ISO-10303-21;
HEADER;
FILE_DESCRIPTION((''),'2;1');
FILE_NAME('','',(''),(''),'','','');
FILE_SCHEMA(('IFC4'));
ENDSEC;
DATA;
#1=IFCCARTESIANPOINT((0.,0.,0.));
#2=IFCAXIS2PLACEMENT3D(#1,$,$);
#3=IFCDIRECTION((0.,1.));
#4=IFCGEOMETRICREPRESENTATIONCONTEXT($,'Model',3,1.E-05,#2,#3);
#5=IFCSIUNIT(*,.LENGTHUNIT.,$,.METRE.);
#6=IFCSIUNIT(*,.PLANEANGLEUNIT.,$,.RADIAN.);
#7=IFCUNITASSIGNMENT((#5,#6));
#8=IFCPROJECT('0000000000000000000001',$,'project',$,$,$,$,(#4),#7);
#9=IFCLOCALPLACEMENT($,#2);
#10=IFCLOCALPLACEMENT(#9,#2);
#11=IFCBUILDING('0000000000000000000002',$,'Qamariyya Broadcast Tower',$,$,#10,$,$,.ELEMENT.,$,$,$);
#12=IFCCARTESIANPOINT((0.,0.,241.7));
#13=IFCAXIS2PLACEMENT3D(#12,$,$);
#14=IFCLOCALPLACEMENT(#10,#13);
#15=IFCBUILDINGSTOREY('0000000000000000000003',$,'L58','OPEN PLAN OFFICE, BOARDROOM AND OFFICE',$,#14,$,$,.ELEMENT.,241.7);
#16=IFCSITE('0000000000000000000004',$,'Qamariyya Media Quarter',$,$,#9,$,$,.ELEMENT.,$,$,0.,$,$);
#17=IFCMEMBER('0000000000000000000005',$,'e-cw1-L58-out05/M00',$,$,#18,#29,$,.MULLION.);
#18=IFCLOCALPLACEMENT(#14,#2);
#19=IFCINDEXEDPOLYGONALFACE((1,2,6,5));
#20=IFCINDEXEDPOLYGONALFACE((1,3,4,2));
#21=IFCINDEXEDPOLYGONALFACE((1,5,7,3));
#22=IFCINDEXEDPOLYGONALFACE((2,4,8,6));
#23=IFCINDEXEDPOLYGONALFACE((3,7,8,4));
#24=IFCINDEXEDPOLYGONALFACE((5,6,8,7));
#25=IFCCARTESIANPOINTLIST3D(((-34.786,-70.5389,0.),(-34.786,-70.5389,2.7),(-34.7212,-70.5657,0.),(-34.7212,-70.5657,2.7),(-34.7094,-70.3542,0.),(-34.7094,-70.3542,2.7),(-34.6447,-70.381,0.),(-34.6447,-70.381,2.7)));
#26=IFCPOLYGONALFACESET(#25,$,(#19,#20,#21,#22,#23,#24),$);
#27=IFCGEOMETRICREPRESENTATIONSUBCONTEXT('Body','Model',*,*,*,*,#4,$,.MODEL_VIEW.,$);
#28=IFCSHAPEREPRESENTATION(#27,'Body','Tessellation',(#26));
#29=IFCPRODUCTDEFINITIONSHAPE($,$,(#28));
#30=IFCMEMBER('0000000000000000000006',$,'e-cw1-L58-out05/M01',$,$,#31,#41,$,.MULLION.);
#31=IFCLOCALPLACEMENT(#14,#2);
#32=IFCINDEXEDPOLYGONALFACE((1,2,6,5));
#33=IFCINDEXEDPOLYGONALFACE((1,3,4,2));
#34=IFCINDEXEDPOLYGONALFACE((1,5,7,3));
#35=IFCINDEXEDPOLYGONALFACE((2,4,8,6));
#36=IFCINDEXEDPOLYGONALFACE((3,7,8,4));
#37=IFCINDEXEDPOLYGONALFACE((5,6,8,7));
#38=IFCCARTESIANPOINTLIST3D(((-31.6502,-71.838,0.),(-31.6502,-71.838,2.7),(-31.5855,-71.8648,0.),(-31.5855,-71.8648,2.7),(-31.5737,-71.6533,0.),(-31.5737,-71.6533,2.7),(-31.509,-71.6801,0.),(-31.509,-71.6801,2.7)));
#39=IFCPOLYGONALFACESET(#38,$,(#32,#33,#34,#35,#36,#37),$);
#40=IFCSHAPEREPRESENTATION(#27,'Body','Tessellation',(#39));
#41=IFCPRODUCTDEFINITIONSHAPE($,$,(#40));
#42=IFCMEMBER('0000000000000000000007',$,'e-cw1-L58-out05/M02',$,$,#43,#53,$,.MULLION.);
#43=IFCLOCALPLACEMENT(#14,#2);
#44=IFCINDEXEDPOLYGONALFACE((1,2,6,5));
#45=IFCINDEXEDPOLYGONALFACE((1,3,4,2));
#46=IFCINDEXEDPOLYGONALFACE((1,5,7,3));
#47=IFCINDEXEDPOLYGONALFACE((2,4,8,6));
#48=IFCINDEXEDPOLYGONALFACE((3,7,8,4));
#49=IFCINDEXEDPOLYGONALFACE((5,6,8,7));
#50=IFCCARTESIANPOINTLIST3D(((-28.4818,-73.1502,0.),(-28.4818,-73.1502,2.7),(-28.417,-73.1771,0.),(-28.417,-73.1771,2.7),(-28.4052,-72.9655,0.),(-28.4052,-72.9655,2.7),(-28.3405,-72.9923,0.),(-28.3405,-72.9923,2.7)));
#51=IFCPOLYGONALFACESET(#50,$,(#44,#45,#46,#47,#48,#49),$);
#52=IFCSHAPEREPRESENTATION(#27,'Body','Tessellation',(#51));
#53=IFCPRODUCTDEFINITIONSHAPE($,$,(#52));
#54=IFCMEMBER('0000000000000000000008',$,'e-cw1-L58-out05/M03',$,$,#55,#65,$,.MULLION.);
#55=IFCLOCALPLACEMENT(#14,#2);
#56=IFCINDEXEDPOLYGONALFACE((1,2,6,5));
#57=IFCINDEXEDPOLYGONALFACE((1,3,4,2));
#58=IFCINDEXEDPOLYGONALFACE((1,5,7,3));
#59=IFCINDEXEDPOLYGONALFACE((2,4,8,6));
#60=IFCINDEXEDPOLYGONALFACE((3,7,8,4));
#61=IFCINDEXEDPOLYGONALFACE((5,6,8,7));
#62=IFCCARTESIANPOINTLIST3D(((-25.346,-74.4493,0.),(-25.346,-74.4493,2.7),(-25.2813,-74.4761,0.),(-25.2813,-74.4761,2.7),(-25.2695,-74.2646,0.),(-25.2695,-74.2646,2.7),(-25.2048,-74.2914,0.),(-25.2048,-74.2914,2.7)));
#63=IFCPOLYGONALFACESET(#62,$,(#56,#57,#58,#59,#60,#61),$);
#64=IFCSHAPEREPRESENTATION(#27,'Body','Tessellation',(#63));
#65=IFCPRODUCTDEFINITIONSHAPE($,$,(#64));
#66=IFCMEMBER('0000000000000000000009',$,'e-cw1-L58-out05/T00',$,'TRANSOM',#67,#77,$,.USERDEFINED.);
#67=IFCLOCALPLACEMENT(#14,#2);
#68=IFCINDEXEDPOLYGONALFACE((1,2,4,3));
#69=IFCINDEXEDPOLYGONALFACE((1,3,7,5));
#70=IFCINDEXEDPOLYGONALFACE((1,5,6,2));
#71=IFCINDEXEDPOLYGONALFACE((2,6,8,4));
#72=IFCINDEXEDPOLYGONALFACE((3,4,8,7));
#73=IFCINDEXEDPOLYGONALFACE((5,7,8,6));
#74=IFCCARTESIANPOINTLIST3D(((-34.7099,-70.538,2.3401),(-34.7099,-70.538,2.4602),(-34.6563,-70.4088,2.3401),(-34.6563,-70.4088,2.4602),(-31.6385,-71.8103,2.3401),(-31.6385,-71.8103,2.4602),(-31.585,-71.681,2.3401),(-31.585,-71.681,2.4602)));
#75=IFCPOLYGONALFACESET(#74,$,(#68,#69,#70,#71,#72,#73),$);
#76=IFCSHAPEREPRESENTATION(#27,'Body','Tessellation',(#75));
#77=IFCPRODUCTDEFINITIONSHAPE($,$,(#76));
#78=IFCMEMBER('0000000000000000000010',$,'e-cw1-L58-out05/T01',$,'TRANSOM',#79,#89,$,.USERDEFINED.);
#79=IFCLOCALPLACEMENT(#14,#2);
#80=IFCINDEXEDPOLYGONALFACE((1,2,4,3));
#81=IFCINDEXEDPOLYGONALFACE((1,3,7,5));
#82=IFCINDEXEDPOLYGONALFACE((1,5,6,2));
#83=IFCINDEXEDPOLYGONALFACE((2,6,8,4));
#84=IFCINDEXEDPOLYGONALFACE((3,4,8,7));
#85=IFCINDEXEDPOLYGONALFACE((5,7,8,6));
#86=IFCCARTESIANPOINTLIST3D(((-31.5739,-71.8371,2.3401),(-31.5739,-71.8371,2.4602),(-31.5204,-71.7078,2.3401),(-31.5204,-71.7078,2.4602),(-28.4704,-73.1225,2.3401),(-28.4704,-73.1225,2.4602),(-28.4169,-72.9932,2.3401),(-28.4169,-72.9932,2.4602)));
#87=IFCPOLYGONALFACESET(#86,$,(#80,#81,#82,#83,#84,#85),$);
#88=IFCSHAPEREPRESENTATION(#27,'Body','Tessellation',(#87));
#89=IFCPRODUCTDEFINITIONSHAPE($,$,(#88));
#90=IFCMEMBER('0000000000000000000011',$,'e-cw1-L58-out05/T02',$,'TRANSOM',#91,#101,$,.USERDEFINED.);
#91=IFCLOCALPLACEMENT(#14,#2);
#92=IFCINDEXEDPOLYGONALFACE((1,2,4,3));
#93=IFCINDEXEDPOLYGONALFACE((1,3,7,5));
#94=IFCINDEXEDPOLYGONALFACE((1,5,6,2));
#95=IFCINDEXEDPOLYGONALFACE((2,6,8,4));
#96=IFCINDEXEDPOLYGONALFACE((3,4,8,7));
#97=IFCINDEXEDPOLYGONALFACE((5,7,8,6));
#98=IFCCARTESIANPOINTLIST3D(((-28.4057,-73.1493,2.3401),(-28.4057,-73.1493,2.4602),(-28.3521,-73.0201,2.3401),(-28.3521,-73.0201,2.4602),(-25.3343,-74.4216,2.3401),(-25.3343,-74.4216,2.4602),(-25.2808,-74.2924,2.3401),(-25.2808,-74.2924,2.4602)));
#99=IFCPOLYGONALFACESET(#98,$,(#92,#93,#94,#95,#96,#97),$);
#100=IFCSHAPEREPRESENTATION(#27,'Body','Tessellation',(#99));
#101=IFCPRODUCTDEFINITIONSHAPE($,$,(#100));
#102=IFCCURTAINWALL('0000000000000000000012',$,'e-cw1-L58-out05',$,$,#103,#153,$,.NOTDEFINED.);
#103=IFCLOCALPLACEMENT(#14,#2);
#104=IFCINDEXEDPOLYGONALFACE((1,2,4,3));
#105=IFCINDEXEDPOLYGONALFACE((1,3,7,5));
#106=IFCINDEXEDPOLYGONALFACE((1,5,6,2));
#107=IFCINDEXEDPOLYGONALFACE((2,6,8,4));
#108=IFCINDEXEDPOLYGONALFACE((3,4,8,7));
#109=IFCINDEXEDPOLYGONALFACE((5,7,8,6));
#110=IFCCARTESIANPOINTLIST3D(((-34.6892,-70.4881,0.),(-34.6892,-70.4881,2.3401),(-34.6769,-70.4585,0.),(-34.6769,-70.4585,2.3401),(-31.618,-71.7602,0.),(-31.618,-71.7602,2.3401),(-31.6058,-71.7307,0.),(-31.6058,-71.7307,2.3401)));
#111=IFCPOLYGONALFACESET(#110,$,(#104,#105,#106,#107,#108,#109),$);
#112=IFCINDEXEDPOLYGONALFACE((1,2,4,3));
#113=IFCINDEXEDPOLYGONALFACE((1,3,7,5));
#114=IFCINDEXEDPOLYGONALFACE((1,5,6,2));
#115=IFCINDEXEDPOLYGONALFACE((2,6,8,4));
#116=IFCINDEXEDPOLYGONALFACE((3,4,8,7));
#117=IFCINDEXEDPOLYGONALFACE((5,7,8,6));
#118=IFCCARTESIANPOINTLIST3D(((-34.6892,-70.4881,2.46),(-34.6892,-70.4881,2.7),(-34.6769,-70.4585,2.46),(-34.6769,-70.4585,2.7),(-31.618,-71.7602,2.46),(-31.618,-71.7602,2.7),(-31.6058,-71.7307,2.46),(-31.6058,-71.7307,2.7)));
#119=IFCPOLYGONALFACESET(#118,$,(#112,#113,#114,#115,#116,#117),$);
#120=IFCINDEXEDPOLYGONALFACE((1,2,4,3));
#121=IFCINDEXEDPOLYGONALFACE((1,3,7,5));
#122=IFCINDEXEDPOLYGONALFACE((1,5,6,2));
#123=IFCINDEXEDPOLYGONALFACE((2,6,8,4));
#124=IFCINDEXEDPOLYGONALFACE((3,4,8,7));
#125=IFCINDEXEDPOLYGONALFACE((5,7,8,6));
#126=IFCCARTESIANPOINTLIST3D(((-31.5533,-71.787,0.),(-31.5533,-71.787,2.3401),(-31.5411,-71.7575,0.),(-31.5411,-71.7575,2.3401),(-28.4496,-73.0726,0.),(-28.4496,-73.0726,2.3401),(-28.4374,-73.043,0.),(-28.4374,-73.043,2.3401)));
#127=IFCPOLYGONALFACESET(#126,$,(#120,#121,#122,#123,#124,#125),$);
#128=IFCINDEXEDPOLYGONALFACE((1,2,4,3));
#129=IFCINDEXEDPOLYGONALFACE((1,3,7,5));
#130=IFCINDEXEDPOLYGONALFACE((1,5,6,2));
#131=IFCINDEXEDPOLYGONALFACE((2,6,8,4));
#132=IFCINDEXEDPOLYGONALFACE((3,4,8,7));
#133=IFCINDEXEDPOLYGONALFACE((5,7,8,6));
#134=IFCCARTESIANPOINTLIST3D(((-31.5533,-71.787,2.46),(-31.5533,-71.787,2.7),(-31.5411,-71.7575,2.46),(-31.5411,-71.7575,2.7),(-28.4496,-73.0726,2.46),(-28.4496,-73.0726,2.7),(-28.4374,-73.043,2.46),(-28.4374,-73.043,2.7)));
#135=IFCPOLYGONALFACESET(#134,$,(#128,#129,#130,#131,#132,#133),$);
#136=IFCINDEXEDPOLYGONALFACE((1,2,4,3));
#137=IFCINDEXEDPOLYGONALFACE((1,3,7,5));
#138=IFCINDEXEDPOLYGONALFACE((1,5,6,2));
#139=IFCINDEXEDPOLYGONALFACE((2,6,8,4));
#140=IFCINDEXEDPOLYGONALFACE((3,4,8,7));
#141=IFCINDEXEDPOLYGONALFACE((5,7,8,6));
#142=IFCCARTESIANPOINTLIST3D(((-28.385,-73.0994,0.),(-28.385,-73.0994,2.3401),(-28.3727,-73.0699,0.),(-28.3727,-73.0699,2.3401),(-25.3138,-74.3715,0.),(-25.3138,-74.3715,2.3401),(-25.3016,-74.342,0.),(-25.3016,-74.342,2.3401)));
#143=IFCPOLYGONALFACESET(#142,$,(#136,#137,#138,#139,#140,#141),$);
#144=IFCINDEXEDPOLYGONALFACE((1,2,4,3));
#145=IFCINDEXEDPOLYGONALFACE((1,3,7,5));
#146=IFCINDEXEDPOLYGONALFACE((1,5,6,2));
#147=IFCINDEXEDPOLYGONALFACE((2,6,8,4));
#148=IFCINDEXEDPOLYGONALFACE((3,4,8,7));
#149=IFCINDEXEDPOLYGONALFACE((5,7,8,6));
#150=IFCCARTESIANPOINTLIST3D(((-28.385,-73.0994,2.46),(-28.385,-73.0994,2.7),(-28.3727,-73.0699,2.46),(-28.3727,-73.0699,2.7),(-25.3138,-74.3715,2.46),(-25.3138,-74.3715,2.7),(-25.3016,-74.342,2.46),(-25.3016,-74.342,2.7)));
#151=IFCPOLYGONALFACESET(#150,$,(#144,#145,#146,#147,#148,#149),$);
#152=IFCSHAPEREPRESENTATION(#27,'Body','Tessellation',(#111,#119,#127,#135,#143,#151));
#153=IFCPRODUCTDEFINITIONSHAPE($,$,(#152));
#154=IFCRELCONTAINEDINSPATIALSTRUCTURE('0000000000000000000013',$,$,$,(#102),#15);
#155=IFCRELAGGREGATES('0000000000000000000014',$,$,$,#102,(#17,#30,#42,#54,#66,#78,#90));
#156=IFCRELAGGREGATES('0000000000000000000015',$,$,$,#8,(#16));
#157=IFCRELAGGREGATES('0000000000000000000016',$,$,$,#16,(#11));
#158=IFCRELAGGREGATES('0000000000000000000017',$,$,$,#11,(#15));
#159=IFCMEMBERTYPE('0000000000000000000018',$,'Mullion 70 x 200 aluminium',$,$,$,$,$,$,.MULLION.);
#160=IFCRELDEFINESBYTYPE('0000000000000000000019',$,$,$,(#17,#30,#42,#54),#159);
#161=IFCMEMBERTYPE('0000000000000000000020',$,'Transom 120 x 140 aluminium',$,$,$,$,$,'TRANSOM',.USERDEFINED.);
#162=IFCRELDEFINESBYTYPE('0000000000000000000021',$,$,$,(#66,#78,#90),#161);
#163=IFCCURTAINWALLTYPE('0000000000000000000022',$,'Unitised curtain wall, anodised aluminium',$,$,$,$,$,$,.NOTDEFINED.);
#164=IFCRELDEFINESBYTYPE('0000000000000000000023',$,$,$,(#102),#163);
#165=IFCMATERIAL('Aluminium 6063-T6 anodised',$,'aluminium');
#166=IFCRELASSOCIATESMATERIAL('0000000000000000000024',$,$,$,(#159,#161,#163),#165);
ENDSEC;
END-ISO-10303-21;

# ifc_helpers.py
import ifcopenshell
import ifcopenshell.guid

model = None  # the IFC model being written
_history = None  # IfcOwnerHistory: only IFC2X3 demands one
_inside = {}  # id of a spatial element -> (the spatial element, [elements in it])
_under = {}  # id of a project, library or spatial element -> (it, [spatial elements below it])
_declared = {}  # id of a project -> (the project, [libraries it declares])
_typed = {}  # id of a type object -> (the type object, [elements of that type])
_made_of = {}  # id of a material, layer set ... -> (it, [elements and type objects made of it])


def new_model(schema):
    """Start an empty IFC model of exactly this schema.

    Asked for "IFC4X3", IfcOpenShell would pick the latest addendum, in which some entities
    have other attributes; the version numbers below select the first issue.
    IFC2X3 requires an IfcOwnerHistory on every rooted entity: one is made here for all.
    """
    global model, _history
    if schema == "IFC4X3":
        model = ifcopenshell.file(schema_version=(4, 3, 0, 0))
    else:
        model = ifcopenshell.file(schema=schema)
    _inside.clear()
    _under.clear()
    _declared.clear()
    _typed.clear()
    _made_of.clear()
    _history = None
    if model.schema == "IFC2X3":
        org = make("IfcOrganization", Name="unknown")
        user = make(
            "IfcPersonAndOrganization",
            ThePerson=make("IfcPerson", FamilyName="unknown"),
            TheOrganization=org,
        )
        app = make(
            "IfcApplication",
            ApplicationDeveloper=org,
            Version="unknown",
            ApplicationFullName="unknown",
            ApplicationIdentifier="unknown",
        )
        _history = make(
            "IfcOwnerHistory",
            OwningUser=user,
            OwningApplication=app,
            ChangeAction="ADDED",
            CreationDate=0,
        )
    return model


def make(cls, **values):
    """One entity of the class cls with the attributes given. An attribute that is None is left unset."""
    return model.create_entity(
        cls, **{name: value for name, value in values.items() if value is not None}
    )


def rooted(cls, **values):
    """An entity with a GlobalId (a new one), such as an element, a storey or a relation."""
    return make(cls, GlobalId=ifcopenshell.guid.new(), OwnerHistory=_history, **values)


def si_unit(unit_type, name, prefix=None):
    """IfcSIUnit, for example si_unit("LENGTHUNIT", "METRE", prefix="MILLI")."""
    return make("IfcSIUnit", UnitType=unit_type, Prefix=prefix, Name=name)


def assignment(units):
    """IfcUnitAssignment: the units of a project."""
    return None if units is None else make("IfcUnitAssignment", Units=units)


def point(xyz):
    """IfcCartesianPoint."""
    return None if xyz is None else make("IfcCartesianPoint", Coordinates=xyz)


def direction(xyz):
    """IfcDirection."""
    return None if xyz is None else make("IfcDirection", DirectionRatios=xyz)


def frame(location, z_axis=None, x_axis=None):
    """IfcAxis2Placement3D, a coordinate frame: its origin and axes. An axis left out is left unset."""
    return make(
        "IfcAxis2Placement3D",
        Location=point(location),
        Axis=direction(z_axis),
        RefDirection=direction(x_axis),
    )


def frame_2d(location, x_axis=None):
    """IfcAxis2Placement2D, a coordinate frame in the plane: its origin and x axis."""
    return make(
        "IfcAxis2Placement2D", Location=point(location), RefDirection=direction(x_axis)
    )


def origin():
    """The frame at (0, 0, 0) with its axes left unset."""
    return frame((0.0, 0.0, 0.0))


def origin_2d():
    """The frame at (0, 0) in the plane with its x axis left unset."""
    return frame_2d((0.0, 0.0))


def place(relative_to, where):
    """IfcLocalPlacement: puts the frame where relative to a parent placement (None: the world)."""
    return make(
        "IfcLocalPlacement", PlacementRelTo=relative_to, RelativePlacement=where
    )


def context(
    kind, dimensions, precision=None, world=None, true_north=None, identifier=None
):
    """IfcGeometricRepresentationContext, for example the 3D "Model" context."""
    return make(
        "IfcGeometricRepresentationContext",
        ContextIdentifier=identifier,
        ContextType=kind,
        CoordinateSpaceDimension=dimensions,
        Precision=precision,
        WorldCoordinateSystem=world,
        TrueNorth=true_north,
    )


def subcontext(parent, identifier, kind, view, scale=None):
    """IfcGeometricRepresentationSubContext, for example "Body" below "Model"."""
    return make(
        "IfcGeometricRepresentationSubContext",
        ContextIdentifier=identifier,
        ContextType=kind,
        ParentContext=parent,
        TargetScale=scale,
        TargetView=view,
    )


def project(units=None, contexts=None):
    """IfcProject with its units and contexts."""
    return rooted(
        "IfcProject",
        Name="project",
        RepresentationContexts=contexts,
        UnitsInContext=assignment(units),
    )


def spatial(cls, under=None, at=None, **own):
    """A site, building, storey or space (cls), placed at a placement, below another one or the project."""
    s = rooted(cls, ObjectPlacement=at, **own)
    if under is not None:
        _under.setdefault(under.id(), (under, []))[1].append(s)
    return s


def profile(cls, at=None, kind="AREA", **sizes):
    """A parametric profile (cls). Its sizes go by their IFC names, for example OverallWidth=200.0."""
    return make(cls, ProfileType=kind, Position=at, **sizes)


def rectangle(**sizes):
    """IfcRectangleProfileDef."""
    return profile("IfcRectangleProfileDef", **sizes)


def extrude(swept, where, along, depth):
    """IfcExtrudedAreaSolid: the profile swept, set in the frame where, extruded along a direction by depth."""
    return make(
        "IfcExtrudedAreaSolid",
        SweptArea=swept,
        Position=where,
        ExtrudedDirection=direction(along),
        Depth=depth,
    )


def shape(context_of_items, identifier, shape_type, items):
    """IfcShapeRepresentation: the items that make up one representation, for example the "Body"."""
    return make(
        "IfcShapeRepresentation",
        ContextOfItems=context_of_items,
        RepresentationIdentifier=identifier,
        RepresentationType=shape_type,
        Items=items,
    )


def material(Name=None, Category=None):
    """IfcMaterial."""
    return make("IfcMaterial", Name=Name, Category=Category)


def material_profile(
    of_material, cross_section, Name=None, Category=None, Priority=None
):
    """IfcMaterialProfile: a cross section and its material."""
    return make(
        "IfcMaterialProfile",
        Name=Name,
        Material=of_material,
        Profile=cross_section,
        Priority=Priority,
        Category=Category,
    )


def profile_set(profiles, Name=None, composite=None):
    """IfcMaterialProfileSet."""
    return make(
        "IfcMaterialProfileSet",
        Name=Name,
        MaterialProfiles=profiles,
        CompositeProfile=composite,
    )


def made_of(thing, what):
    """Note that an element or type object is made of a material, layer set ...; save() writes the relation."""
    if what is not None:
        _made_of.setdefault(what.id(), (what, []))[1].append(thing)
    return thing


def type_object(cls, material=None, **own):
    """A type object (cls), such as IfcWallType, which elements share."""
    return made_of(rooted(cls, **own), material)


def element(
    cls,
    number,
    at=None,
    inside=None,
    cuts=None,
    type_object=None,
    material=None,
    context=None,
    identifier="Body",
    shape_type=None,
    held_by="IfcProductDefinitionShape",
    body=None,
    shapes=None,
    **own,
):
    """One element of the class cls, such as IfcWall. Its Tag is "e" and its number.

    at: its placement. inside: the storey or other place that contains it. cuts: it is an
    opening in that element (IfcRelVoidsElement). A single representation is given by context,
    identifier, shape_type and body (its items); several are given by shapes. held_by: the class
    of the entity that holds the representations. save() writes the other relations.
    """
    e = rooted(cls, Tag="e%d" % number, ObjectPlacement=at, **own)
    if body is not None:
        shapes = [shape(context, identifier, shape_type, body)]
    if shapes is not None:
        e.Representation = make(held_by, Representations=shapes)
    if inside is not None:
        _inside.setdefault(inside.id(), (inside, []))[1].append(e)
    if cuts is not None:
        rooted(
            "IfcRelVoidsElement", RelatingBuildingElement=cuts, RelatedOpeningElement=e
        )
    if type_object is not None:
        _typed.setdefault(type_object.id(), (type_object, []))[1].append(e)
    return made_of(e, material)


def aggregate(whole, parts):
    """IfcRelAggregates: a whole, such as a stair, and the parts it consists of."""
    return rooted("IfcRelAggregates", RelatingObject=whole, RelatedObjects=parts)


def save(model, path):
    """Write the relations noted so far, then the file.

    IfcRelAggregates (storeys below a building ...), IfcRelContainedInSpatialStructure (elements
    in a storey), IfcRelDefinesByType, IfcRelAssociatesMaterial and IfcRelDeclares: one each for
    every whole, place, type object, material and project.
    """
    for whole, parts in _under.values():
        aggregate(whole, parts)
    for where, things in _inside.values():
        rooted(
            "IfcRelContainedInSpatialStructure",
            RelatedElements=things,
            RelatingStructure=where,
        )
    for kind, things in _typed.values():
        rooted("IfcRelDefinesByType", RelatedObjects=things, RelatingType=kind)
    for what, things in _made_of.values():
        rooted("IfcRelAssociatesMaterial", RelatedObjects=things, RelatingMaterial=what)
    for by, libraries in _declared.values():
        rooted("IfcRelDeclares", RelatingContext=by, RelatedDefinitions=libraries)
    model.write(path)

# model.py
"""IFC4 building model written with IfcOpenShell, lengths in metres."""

from ifc_helpers import new_model, si_unit, direction, frame, origin, origin_2d, place, context, subcontext, project, spatial, rectangle, extrude, material, material_profile, profile_set, type_object, element, aggregate, save


model = new_model("IFC4")

# Units and contexts
model_context = context("Model", 3, precision=1e-05, world=origin(), true_north=direction((0.0, 1.0)))
body_context = subcontext(model_context, "Body", "Model", "MODEL_VIEW")
ifc_project = project(units=[si_unit("LENGTHUNIT", "METRE"), si_unit("PLANEANGLEUNIT", "RADIAN")], contexts=[model_context])

# Members
ifc_material = material(Name="Aluminium 6063-T6 anodised", Category="aluminium")
ifc_material_profile_1 = material_profile(ifc_material, rectangle(XDim=0.2, YDim=0.0701, at=origin_2d()))
ifc_profile_set_1 = profile_set([ifc_material_profile_1], Name="Aluminium 6063-T6 anodised")
member_type_1 = type_object("IfcMemberType", Name="Mullion 70 x 200 aluminium", PredefinedType="MULLION", material=ifc_profile_set_1)
site_placement = place(None, origin())
building_placement = place(site_placement, origin())
storey_placement = place(building_placement, frame((0.0, 0.0, 241.7)))
member_1_placement = place(storey_placement, frame((-34.7153, -70.46, 0.0), z_axis=(0.0, 0.0, 1.0), x_axis=(0.382683, 0.92388, 0.0)))
member_1 = element("IfcMember", 1, at=member_1_placement, type_object=member_type_1, Name="e-cw1-L58-out05/M00", PredefinedType="MULLION", context=body_context, shape_type="SweptSolid", body=[
    extrude(rectangle(XDim=0.2, YDim=0.0701, at=origin_2d()), origin(), (0.0, 0.0, 1.0), 2.7),
])
member_2_placement = place(storey_placement, frame((-31.5796, -71.759, 0.0), z_axis=(0.0, 0.0, 1.0), x_axis=(0.382683, 0.92388, 0.0)))
member_2 = element("IfcMember", 2, at=member_2_placement, type_object=member_type_1, Name="e-cw1-L58-out05/M01", PredefinedType="MULLION", context=body_context, shape_type="SweptSolid", body=[
    extrude(rectangle(XDim=0.2, YDim=0.0701, at=origin_2d()), origin(), (0.0, 0.0, 1.0), 2.7),
])
member_3_placement = place(storey_placement, frame((-28.4111, -73.0713, 0.0), z_axis=(0.0, 0.0, 1.0), x_axis=(0.382683, 0.92388, 0.0)))
member_3 = element("IfcMember", 3, at=member_3_placement, type_object=member_type_1, Name="e-cw1-L58-out05/M02", PredefinedType="MULLION", context=body_context, shape_type="SweptSolid", body=[
    extrude(rectangle(XDim=0.2, YDim=0.0701, at=origin_2d()), origin(), (0.0, 0.0, 1.0), 2.7),
])
member_4_placement = place(storey_placement, frame((-25.2754, -74.3704, 0.0), z_axis=(0.0, 0.0, 1.0), x_axis=(0.382683, 0.92388, 0.0)))
member_4 = element("IfcMember", 4, at=member_4_placement, type_object=member_type_1, Name="e-cw1-L58-out05/M03", PredefinedType="MULLION", context=body_context, shape_type="SweptSolid", body=[
    extrude(rectangle(XDim=0.2, YDim=0.0701, at=origin_2d()), origin(), (0.0, 0.0, 1.0), 2.7),
])
ifc_material_profile_2 = material_profile(ifc_material, rectangle(XDim=0.1399, YDim=0.1201, at=origin_2d()))
ifc_profile_set_2 = profile_set([ifc_material_profile_2], Name="Aluminium 6063-T6 anodised")
member_type_2 = type_object("IfcMemberType", Name="Transom 120 x 140 aluminium", ElementType="TRANSOM", PredefinedType="USERDEFINED", material=ifc_profile_set_2)
member_5_placement = place(storey_placement, frame((-34.6831, -70.4734, 2.4001), z_axis=(0.923875, -0.382696, 0.0), x_axis=(0.382696, 0.923875, 0.0)))
member_5 = element("IfcMember", 5, at=member_5_placement, type_object=member_type_2, Name="e-cw1-L58-out05/T00", ObjectType="TRANSOM", PredefinedType="USERDEFINED", context=body_context, shape_type="SweptSolid", body=[
    extrude(rectangle(XDim=0.1399, YDim=0.1201, at=origin_2d()), origin(), (0.0, 0.0, 1.0), 3.3245),
])
member_6_placement = place(storey_placement, frame((-31.5471, -71.7725, 2.4001), z_axis=(0.923892, -0.382653, 0.0), x_axis=(0.382653, 0.923892, 0.0)))
member_6 = element("IfcMember", 6, at=member_6_placement, type_object=member_type_2, Name="e-cw1-L58-out05/T01", ObjectType="TRANSOM", PredefinedType="USERDEFINED", context=body_context, shape_type="SweptSolid", body=[
    extrude(rectangle(XDim=0.1399, YDim=0.1201, at=origin_2d()), origin(), (0.0, 0.0, 1.0), 3.3591),
])
member_7_placement = place(storey_placement, frame((-28.3789, -73.0847, 2.4001), z_axis=(0.923875, -0.382696, 0.0), x_axis=(0.382696, 0.923875, 0.0)))
member_7 = element("IfcMember", 7, at=member_7_placement, type_object=member_type_2, Name="e-cw1-L58-out05/T02", ObjectType="TRANSOM", PredefinedType="USERDEFINED", context=body_context, shape_type="SweptSolid", body=[
    extrude(rectangle(XDim=0.1399, YDim=0.1201, at=origin_2d()), origin(), (0.0, 0.0, 1.0), 3.3245),
])

# Site, building, storey
site = spatial("IfcSite", under=ifc_project, at=site_placement, Name="Qamariyya Media Quarter", CompositionType="ELEMENT", RefElevation=0.0)
building = spatial("IfcBuilding", under=site, at=building_placement, Name="Qamariyya Broadcast Tower", CompositionType="ELEMENT")
storey = spatial("IfcBuildingStorey", under=building, at=storey_placement, Name="L58", Description="OPEN PLAN OFFICE, BOARDROOM AND OFFICE", CompositionType="ELEMENT", Elevation=241.7)

# Curtain wall
curtain_wall_type = type_object("IfcCurtainWallType", Name="Unitised curtain wall, anodised aluminium", PredefinedType="NOTDEFINED", material=ifc_material)
curtain_wall_1_placement = place(storey_placement, origin())
curtain_wall_1 = element("IfcCurtainWall", 8, at=curtain_wall_1_placement, inside=storey, type_object=curtain_wall_type, Name="e-cw1-L58-out05", PredefinedType="NOTDEFINED", context=body_context, shape_type="SweptSolid", body=[
    extrude(rectangle(XDim=3.3242, YDim=0.032, at=origin_2d()), frame((-33.1475, -71.1094, 0.0), x_axis=(0.923881, -0.38268, 0.0)), (0.0, 0.0, 1.0), 2.3401),
    extrude(rectangle(XDim=3.3242, YDim=0.032, at=origin_2d()), frame((-33.1475, -71.1094, 2.46), x_axis=(0.923881, -0.38268, 0.0)), (0.0, 0.0, 1.0), 0.24),
    extrude(rectangle(XDim=3.3594, YDim=0.032, at=origin_2d()), frame((-29.9954, -72.415, 0.0), x_axis=(0.923881, -0.38268, 0.0)), (0.0, 0.0, 1.0), 2.3401),
    extrude(rectangle(XDim=3.3594, YDim=0.032, at=origin_2d()), frame((-29.9954, -72.415, 2.46), x_axis=(0.923881, -0.38268, 0.0)), (0.0, 0.0, 1.0), 0.24),
    extrude(rectangle(XDim=3.3242, YDim=0.032, at=origin_2d()), frame((-26.8433, -73.7207, 0.0), x_axis=(0.923881, -0.38268, 0.0)), (0.0, 0.0, 1.0), 2.3401),
    extrude(rectangle(XDim=3.3242, YDim=0.032, at=origin_2d()), frame((-26.8433, -73.7207, 2.46), x_axis=(0.923881, -0.38268, 0.0)), (0.0, 0.0, 1.0), 0.24),
])
aggregate(curtain_wall_1, [member_1, member_2, member_3, member_4, member_5, member_6, member_7])

save(model, "model.ifc")
